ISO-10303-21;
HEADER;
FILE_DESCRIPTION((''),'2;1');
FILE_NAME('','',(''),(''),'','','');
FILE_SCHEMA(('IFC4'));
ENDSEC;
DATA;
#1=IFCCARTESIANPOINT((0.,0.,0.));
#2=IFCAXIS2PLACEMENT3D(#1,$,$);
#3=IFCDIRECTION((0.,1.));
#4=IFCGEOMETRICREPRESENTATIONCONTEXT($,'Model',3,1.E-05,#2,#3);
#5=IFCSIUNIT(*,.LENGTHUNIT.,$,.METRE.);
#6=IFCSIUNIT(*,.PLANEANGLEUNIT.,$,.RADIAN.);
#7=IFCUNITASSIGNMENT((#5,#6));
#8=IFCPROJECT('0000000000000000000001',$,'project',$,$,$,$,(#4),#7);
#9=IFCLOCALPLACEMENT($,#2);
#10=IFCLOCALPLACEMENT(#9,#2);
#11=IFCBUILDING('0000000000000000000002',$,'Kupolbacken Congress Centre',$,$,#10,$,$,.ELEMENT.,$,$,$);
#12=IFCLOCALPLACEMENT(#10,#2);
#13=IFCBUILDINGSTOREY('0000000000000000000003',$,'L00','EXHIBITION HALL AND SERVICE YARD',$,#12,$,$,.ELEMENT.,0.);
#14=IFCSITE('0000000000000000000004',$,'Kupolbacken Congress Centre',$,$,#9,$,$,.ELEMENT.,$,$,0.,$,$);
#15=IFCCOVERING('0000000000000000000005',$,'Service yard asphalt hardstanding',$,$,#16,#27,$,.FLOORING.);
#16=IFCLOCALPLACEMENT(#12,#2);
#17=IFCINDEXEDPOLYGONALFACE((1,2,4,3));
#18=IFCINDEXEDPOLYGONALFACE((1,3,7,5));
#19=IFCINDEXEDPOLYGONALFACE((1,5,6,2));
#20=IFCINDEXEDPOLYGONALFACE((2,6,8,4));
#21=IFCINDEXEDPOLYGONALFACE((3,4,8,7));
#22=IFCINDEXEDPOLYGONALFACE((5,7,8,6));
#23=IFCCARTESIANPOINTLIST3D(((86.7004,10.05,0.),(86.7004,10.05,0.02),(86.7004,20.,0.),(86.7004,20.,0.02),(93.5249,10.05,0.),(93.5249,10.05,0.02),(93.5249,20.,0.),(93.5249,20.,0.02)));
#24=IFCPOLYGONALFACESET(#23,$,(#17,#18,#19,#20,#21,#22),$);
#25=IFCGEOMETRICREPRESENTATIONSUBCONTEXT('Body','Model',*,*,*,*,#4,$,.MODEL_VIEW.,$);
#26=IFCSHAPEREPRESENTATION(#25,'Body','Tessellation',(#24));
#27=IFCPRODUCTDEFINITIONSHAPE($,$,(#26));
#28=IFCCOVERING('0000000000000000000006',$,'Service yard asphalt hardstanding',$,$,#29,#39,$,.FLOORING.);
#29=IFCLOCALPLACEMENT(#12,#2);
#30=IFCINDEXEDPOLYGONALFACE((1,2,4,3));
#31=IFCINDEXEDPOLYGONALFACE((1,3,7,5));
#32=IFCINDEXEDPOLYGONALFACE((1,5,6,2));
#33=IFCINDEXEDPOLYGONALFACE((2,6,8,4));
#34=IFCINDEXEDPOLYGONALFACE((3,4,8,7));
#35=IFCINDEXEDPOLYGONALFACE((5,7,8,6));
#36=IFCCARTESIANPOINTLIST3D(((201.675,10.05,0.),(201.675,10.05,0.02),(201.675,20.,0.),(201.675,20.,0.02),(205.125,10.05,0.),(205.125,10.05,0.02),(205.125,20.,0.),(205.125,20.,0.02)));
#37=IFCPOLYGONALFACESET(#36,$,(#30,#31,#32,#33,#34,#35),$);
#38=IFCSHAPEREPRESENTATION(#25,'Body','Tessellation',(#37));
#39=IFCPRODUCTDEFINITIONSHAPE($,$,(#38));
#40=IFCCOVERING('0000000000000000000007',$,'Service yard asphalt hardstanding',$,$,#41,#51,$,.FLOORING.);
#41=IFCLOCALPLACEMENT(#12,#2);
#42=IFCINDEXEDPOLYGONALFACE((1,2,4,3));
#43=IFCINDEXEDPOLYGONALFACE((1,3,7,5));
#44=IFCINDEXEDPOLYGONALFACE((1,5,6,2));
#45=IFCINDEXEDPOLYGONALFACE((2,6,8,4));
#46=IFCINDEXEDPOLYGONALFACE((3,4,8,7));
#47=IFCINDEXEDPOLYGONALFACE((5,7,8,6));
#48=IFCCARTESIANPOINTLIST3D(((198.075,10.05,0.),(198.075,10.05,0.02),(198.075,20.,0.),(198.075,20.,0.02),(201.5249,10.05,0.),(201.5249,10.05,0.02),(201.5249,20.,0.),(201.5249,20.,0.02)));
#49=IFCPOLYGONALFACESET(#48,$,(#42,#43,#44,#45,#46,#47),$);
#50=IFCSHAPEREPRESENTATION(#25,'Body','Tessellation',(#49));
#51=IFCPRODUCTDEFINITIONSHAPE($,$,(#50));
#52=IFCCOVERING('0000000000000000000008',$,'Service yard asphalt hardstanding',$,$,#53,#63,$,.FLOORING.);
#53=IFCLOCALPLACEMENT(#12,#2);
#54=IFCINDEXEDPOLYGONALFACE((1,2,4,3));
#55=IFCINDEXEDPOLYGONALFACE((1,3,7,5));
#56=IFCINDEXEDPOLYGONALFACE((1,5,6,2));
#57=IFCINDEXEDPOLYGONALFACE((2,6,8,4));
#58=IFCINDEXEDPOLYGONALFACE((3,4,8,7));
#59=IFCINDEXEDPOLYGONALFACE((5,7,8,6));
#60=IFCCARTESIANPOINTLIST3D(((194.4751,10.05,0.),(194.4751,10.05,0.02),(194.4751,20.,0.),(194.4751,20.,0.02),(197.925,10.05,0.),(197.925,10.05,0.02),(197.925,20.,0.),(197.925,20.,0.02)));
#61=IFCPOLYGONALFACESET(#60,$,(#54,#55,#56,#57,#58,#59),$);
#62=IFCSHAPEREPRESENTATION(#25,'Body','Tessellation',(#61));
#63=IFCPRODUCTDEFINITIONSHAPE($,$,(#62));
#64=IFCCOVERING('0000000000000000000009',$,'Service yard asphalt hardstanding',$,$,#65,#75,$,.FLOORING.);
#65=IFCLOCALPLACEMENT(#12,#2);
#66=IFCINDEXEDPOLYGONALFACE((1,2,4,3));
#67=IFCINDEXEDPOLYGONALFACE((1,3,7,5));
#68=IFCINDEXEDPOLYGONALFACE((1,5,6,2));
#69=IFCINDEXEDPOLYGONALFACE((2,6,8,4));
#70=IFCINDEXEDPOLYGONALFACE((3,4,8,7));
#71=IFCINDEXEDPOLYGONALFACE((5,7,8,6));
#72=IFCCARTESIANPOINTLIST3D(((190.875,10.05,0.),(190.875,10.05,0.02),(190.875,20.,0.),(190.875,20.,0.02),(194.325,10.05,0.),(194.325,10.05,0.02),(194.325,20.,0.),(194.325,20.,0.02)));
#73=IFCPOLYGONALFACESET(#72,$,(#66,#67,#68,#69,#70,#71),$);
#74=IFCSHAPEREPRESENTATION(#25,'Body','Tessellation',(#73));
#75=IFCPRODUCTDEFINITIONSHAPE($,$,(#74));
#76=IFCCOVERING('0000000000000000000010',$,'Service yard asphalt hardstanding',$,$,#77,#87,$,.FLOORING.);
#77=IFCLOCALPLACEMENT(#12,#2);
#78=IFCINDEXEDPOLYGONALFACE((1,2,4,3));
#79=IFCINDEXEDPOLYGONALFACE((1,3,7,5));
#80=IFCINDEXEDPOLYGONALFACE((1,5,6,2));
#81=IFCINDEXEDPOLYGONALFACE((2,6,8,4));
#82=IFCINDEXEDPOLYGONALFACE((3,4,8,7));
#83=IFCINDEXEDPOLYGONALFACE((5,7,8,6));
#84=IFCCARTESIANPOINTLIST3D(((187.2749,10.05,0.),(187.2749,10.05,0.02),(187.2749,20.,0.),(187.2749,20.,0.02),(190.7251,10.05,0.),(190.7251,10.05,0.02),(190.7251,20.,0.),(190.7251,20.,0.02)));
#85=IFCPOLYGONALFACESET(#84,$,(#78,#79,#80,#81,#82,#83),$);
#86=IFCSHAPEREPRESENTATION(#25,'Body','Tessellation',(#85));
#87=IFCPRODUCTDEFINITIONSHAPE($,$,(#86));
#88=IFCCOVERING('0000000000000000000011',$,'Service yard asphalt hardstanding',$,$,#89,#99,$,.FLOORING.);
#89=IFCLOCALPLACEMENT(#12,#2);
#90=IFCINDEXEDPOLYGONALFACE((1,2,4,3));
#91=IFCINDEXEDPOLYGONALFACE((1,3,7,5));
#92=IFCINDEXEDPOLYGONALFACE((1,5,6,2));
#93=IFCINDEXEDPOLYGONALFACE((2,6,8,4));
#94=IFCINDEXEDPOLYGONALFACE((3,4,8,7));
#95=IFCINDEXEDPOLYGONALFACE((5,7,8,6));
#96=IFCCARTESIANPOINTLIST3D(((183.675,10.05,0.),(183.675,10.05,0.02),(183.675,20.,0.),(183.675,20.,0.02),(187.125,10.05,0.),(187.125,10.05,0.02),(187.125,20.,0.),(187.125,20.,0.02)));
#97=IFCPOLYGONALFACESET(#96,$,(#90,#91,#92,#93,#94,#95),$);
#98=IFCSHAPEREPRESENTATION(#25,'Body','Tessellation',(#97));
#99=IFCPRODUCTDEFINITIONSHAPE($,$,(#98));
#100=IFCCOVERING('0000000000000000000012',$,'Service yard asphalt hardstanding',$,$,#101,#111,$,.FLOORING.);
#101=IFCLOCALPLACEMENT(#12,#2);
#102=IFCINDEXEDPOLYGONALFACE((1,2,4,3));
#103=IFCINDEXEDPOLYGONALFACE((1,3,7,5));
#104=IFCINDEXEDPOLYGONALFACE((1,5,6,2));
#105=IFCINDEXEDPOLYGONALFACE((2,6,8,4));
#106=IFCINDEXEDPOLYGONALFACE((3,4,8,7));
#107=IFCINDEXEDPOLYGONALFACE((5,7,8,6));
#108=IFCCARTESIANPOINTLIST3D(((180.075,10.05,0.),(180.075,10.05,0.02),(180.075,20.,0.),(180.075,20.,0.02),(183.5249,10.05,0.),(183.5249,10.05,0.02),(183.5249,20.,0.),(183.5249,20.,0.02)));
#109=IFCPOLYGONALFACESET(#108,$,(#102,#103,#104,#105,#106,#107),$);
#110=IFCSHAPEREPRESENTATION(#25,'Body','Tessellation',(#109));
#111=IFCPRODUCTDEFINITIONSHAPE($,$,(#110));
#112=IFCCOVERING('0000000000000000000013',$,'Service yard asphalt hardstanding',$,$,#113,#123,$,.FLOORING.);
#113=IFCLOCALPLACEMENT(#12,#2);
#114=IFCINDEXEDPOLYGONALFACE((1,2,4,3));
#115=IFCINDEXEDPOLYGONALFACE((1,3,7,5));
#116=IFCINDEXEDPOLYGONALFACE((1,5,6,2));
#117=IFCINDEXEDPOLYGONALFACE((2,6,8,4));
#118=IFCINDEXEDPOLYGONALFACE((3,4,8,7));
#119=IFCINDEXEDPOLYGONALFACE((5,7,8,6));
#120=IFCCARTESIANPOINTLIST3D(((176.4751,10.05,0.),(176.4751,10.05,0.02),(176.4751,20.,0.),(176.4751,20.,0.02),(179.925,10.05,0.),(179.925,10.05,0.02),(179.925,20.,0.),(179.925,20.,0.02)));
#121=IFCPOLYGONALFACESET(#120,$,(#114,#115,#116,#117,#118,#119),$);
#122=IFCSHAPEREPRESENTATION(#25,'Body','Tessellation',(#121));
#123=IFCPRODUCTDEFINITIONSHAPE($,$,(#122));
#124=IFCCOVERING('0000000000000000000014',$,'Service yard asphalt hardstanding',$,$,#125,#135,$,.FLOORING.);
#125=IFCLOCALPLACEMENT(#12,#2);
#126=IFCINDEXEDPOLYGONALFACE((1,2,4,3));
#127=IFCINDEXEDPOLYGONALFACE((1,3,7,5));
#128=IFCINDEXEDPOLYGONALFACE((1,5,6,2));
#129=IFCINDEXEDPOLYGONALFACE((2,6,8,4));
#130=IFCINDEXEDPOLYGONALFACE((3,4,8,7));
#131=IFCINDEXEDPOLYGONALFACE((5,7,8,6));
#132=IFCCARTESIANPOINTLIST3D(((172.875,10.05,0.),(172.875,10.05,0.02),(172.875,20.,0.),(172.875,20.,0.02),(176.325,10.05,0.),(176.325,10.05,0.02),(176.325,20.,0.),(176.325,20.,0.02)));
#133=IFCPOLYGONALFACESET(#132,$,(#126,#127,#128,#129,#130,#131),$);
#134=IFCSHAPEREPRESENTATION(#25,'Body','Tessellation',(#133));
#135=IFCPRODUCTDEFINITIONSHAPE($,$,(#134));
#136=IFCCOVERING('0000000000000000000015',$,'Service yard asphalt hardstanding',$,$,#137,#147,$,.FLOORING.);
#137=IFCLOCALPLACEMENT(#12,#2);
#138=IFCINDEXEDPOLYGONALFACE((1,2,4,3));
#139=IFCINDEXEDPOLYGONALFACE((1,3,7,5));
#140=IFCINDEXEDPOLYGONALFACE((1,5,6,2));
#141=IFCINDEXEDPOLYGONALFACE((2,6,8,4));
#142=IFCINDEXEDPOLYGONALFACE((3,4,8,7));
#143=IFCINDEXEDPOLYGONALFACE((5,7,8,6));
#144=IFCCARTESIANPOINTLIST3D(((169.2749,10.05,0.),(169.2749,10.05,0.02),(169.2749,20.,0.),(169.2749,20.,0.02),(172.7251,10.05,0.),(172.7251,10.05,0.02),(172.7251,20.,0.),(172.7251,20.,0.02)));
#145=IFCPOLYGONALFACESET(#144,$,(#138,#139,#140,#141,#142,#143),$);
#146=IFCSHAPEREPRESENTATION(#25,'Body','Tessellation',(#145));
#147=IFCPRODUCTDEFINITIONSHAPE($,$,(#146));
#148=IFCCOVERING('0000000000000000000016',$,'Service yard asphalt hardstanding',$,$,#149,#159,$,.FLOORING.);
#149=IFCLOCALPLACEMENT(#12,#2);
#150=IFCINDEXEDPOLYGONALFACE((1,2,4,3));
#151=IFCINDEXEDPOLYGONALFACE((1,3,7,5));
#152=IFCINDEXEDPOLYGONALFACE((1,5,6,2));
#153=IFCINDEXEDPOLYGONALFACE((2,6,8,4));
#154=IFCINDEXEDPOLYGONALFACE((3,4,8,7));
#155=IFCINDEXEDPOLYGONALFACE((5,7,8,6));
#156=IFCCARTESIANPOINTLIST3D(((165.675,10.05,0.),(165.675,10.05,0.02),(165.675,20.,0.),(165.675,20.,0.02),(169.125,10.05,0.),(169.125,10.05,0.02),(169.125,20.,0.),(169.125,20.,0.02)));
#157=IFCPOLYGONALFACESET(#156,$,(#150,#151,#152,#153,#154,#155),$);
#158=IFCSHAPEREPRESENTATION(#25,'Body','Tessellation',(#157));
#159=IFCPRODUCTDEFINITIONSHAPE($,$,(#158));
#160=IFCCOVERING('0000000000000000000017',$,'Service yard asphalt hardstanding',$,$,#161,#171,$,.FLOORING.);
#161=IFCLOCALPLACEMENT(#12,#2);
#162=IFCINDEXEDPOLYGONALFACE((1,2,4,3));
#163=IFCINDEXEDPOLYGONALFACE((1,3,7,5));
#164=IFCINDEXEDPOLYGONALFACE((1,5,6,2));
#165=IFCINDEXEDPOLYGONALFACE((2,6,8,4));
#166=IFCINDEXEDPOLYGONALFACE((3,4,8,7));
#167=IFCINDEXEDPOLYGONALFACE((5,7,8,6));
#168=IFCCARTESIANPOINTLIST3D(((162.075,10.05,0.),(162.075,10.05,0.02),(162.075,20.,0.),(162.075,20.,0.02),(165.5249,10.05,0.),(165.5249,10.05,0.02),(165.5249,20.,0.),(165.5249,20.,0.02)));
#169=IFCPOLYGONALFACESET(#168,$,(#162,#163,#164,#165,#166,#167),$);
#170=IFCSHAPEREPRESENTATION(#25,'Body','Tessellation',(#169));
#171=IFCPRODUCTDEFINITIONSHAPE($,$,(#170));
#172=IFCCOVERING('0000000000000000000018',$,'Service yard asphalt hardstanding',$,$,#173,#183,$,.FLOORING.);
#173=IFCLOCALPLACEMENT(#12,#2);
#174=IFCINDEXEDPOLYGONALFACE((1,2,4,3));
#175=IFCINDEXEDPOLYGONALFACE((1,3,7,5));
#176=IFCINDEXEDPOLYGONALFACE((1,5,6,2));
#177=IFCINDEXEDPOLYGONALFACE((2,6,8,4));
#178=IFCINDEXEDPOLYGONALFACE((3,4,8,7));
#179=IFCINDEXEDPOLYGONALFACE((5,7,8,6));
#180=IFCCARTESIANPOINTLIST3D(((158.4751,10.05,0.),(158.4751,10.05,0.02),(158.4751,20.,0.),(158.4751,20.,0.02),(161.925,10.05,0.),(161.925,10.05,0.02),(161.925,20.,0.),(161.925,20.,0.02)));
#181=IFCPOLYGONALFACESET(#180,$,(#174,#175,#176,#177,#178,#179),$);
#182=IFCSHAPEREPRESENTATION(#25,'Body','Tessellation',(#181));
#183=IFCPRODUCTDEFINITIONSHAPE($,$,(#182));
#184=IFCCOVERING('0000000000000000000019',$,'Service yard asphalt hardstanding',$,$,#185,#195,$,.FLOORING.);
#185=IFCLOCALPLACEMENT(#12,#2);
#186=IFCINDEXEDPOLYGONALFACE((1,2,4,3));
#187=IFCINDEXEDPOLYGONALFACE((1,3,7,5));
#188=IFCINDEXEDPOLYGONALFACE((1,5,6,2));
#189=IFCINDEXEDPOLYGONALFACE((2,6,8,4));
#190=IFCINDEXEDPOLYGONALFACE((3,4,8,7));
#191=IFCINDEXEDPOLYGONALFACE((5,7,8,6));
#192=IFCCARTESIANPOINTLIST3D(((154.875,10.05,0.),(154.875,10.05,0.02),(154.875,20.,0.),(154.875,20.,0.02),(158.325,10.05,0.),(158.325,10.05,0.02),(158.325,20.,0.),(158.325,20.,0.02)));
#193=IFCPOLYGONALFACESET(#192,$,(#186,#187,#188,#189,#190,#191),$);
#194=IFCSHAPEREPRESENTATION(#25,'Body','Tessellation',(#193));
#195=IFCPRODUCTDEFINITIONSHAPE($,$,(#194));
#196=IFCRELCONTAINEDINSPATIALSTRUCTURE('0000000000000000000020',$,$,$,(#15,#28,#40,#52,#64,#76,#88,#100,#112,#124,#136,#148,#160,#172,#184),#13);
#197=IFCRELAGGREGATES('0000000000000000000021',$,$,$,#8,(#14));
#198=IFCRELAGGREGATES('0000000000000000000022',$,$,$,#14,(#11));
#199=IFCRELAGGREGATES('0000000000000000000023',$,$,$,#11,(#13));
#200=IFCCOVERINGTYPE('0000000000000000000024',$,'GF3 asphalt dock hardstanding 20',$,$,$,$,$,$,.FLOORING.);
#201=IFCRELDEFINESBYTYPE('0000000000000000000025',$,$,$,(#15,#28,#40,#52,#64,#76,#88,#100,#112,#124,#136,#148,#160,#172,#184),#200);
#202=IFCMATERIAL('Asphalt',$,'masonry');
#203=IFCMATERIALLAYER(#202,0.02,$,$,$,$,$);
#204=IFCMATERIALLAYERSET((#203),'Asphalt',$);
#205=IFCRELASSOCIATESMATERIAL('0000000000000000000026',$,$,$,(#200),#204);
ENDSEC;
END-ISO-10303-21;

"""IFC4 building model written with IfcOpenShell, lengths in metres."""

from ifc_helpers import new_model, si_unit, direction, origin, place, context, subcontext, project, spatial, polyline, outline, extrude, material, layer, layer_set, type_object, element, save


model = new_model("IFC4")

# Units and contexts
model_context = context("Model", 3, precision=1e-05, world=origin(), true_north=direction((0.0, 1.0)))
body_context = subcontext(model_context, "Body", "Model", "MODEL_VIEW")
ifc_project = project(units=[si_unit("LENGTHUNIT", "METRE"), si_unit("PLANEANGLEUNIT", "RADIAN")], contexts=[model_context])

# Site, building, storey
site_placement = place(None, origin())
site = spatial("IfcSite", under=ifc_project, at=site_placement, Name="Kupolbacken Congress Centre", CompositionType="ELEMENT", RefElevation=0.0)
building_placement = place(site_placement, origin())
building = spatial("IfcBuilding", under=site, at=building_placement, Name="Kupolbacken Congress Centre", CompositionType="ELEMENT")
storey_placement = place(building_placement, origin())
storey = spatial("IfcBuildingStorey", under=building, at=storey_placement, Name="L00", Description="EXHIBITION HALL AND SERVICE YARD", CompositionType="ELEMENT", Elevation=0.0)

# Coverings
ifc_material = material(Name="Asphalt", Category="masonry")
ifc_layer = layer(ifc_material, 0.02)
ifc_layer_set = layer_set([ifc_layer], Name="Asphalt")
covering_type = type_object("IfcCoveringType", Name="GF3 asphalt dock hardstanding 20", PredefinedType="FLOORING", material=ifc_layer_set)
covering_1_placement = place(storey_placement, origin())
element("IfcCovering", 1, at=covering_1_placement, inside=storey, type_object=covering_type, Name="Service yard asphalt hardstanding", PredefinedType="FLOORING", context=body_context, shape_type="SweptSolid", body=[
    extrude(outline(polyline([(86.7004, 20.0), (93.5249, 20.0), (93.5249, 10.05), (86.7004, 10.05), (86.7004, 20.0)])), origin(), (0.0, 0.0, 1.0), 0.02),
])
covering_2_placement = place(storey_placement, origin())
element("IfcCovering", 2, at=covering_2_placement, inside=storey, type_object=covering_type, Name="Service yard asphalt hardstanding", PredefinedType="FLOORING", context=body_context, shape_type="SweptSolid", body=[
    extrude(outline(polyline([(201.675, 20.0), (205.125, 20.0), (205.125, 10.05), (201.675, 10.05), (201.675, 20.0)])), origin(), (0.0, 0.0, 1.0), 0.02),
])
covering_3_placement = place(storey_placement, origin())
element("IfcCovering", 3, at=covering_3_placement, inside=storey, type_object=covering_type, Name="Service yard asphalt hardstanding", PredefinedType="FLOORING", context=body_context, shape_type="SweptSolid", body=[
    extrude(outline(polyline([(198.075, 20.0), (201.5249, 20.0), (201.5249, 10.05), (198.075, 10.05), (198.075, 20.0)])), origin(), (0.0, 0.0, 1.0), 0.02),
])
covering_4_placement = place(storey_placement, origin())
element("IfcCovering", 4, at=covering_4_placement, inside=storey, type_object=covering_type, Name="Service yard asphalt hardstanding", PredefinedType="FLOORING", context=body_context, shape_type="SweptSolid", body=[
    extrude(outline(polyline([(194.4751, 20.0), (197.925, 20.0), (197.925, 10.05), (194.4751, 10.05), (194.4751, 20.0)])), origin(), (0.0, 0.0, 1.0), 0.02),
])
covering_5_placement = place(storey_placement, origin())
element("IfcCovering", 5, at=covering_5_placement, inside=storey, type_object=covering_type, Name="Service yard asphalt hardstanding", PredefinedType="FLOORING", context=body_context, shape_type="SweptSolid", body=[
    extrude(outline(polyline([(190.875, 20.0), (194.325, 20.0), (194.325, 10.05), (190.875, 10.05), (190.875, 20.0)])), origin(), (0.0, 0.0, 1.0), 0.02),
])
covering_6_placement = place(storey_placement, origin())
element("IfcCovering", 6, at=covering_6_placement, inside=storey, type_object=covering_type, Name="Service yard asphalt hardstanding", PredefinedType="FLOORING", context=body_context, shape_type="SweptSolid", body=[
    extrude(outline(polyline([(187.2749, 20.0), (190.7251, 20.0), (190.7251, 10.05), (187.2749, 10.05), (187.2749, 20.0)])), origin(), (0.0, 0.0, 1.0), 0.02),
])
covering_7_placement = place(storey_placement, origin())
element("IfcCovering", 7, at=covering_7_placement, inside=storey, type_object=covering_type, Name="Service yard asphalt hardstanding", PredefinedType="FLOORING", context=body_context, shape_type="SweptSolid", body=[
    extrude(outline(polyline([(183.675, 20.0), (187.125, 20.0), (187.125, 10.05), (183.675, 10.05), (183.675, 20.0)])), origin(), (0.0, 0.0, 1.0), 0.02),
])
covering_8_placement = place(storey_placement, origin())
element("IfcCovering", 8, at=covering_8_placement, inside=storey, type_object=covering_type, Name="Service yard asphalt hardstanding", PredefinedType="FLOORING", context=body_context, shape_type="SweptSolid", body=[
    extrude(outline(polyline([(180.075, 20.0), (183.5249, 20.0), (183.5249, 10.05), (180.075, 10.05), (180.075, 20.0)])), origin(), (0.0, 0.0, 1.0), 0.02),
])
covering_9_placement = place(storey_placement, origin())
element("IfcCovering", 9, at=covering_9_placement, inside=storey, type_object=covering_type, Name="Service yard asphalt hardstanding", PredefinedType="FLOORING", context=body_context, shape_type="SweptSolid", body=[
    extrude(outline(polyline([(176.4751, 20.0), (179.925, 20.0), (179.925, 10.05), (176.4751, 10.05), (176.4751, 20.0)])), origin(), (0.0, 0.0, 1.0), 0.02),
])
covering_10_placement = place(storey_placement, origin())
element("IfcCovering", 10, at=covering_10_placement, inside=storey, type_object=covering_type, Name="Service yard asphalt hardstanding", PredefinedType="FLOORING", context=body_context, shape_type="SweptSolid", body=[
    extrude(outline(polyline([(172.875, 20.0), (176.325, 20.0), (176.325, 10.05), (172.875, 10.05), (172.875, 20.0)])), origin(), (0.0, 0.0, 1.0), 0.02),
])
covering_11_placement = place(storey_placement, origin())
element("IfcCovering", 11, at=covering_11_placement, inside=storey, type_object=covering_type, Name="Service yard asphalt hardstanding", PredefinedType="FLOORING", context=body_context, shape_type="SweptSolid", body=[
    extrude(outline(polyline([(169.2749, 20.0), (172.7251, 20.0), (172.7251, 10.05), (169.2749, 10.05), (169.2749, 20.0)])), origin(), (0.0, 0.0, 1.0), 0.02),
])
covering_12_placement = place(storey_placement, origin())
element("IfcCovering", 12, at=covering_12_placement, inside=storey, type_object=covering_type, Name="Service yard asphalt hardstanding", PredefinedType="FLOORING", context=body_context, shape_type="SweptSolid", body=[
    extrude(outline(polyline([(165.675, 20.0), (169.125, 20.0), (169.125, 10.05), (165.675, 10.05), (165.675, 20.0)])), origin(), (0.0, 0.0, 1.0), 0.02),
])
covering_13_placement = place(storey_placement, origin())
element("IfcCovering", 13, at=covering_13_placement, inside=storey, type_object=covering_type, Name="Service yard asphalt hardstanding", PredefinedType="FLOORING", context=body_context, shape_type="SweptSolid", body=[
    extrude(outline(polyline([(162.075, 20.0), (165.5249, 20.0), (165.5249, 10.05), (162.075, 10.05), (162.075, 20.0)])), origin(), (0.0, 0.0, 1.0), 0.02),
])
covering_14_placement = place(storey_placement, origin())
element("IfcCovering", 14, at=covering_14_placement, inside=storey, type_object=covering_type, Name="Service yard asphalt hardstanding", PredefinedType="FLOORING", context=body_context, shape_type="SweptSolid", body=[
    extrude(outline(polyline([(158.4751, 20.0), (161.925, 20.0), (161.925, 10.05), (158.4751, 10.05), (158.4751, 20.0)])), origin(), (0.0, 0.0, 1.0), 0.02),
])
covering_15_placement = place(storey_placement, origin())
element("IfcCovering", 15, at=covering_15_placement, inside=storey, type_object=covering_type, Name="Service yard asphalt hardstanding", PredefinedType="FLOORING", context=body_context, shape_type="SweptSolid", body=[
    extrude(outline(polyline([(154.875, 20.0), (158.325, 20.0), (158.325, 10.05), (154.875, 10.05), (154.875, 20.0)])), origin(), (0.0, 0.0, 1.0), 0.02),
])

save(model, "model.ifc")
